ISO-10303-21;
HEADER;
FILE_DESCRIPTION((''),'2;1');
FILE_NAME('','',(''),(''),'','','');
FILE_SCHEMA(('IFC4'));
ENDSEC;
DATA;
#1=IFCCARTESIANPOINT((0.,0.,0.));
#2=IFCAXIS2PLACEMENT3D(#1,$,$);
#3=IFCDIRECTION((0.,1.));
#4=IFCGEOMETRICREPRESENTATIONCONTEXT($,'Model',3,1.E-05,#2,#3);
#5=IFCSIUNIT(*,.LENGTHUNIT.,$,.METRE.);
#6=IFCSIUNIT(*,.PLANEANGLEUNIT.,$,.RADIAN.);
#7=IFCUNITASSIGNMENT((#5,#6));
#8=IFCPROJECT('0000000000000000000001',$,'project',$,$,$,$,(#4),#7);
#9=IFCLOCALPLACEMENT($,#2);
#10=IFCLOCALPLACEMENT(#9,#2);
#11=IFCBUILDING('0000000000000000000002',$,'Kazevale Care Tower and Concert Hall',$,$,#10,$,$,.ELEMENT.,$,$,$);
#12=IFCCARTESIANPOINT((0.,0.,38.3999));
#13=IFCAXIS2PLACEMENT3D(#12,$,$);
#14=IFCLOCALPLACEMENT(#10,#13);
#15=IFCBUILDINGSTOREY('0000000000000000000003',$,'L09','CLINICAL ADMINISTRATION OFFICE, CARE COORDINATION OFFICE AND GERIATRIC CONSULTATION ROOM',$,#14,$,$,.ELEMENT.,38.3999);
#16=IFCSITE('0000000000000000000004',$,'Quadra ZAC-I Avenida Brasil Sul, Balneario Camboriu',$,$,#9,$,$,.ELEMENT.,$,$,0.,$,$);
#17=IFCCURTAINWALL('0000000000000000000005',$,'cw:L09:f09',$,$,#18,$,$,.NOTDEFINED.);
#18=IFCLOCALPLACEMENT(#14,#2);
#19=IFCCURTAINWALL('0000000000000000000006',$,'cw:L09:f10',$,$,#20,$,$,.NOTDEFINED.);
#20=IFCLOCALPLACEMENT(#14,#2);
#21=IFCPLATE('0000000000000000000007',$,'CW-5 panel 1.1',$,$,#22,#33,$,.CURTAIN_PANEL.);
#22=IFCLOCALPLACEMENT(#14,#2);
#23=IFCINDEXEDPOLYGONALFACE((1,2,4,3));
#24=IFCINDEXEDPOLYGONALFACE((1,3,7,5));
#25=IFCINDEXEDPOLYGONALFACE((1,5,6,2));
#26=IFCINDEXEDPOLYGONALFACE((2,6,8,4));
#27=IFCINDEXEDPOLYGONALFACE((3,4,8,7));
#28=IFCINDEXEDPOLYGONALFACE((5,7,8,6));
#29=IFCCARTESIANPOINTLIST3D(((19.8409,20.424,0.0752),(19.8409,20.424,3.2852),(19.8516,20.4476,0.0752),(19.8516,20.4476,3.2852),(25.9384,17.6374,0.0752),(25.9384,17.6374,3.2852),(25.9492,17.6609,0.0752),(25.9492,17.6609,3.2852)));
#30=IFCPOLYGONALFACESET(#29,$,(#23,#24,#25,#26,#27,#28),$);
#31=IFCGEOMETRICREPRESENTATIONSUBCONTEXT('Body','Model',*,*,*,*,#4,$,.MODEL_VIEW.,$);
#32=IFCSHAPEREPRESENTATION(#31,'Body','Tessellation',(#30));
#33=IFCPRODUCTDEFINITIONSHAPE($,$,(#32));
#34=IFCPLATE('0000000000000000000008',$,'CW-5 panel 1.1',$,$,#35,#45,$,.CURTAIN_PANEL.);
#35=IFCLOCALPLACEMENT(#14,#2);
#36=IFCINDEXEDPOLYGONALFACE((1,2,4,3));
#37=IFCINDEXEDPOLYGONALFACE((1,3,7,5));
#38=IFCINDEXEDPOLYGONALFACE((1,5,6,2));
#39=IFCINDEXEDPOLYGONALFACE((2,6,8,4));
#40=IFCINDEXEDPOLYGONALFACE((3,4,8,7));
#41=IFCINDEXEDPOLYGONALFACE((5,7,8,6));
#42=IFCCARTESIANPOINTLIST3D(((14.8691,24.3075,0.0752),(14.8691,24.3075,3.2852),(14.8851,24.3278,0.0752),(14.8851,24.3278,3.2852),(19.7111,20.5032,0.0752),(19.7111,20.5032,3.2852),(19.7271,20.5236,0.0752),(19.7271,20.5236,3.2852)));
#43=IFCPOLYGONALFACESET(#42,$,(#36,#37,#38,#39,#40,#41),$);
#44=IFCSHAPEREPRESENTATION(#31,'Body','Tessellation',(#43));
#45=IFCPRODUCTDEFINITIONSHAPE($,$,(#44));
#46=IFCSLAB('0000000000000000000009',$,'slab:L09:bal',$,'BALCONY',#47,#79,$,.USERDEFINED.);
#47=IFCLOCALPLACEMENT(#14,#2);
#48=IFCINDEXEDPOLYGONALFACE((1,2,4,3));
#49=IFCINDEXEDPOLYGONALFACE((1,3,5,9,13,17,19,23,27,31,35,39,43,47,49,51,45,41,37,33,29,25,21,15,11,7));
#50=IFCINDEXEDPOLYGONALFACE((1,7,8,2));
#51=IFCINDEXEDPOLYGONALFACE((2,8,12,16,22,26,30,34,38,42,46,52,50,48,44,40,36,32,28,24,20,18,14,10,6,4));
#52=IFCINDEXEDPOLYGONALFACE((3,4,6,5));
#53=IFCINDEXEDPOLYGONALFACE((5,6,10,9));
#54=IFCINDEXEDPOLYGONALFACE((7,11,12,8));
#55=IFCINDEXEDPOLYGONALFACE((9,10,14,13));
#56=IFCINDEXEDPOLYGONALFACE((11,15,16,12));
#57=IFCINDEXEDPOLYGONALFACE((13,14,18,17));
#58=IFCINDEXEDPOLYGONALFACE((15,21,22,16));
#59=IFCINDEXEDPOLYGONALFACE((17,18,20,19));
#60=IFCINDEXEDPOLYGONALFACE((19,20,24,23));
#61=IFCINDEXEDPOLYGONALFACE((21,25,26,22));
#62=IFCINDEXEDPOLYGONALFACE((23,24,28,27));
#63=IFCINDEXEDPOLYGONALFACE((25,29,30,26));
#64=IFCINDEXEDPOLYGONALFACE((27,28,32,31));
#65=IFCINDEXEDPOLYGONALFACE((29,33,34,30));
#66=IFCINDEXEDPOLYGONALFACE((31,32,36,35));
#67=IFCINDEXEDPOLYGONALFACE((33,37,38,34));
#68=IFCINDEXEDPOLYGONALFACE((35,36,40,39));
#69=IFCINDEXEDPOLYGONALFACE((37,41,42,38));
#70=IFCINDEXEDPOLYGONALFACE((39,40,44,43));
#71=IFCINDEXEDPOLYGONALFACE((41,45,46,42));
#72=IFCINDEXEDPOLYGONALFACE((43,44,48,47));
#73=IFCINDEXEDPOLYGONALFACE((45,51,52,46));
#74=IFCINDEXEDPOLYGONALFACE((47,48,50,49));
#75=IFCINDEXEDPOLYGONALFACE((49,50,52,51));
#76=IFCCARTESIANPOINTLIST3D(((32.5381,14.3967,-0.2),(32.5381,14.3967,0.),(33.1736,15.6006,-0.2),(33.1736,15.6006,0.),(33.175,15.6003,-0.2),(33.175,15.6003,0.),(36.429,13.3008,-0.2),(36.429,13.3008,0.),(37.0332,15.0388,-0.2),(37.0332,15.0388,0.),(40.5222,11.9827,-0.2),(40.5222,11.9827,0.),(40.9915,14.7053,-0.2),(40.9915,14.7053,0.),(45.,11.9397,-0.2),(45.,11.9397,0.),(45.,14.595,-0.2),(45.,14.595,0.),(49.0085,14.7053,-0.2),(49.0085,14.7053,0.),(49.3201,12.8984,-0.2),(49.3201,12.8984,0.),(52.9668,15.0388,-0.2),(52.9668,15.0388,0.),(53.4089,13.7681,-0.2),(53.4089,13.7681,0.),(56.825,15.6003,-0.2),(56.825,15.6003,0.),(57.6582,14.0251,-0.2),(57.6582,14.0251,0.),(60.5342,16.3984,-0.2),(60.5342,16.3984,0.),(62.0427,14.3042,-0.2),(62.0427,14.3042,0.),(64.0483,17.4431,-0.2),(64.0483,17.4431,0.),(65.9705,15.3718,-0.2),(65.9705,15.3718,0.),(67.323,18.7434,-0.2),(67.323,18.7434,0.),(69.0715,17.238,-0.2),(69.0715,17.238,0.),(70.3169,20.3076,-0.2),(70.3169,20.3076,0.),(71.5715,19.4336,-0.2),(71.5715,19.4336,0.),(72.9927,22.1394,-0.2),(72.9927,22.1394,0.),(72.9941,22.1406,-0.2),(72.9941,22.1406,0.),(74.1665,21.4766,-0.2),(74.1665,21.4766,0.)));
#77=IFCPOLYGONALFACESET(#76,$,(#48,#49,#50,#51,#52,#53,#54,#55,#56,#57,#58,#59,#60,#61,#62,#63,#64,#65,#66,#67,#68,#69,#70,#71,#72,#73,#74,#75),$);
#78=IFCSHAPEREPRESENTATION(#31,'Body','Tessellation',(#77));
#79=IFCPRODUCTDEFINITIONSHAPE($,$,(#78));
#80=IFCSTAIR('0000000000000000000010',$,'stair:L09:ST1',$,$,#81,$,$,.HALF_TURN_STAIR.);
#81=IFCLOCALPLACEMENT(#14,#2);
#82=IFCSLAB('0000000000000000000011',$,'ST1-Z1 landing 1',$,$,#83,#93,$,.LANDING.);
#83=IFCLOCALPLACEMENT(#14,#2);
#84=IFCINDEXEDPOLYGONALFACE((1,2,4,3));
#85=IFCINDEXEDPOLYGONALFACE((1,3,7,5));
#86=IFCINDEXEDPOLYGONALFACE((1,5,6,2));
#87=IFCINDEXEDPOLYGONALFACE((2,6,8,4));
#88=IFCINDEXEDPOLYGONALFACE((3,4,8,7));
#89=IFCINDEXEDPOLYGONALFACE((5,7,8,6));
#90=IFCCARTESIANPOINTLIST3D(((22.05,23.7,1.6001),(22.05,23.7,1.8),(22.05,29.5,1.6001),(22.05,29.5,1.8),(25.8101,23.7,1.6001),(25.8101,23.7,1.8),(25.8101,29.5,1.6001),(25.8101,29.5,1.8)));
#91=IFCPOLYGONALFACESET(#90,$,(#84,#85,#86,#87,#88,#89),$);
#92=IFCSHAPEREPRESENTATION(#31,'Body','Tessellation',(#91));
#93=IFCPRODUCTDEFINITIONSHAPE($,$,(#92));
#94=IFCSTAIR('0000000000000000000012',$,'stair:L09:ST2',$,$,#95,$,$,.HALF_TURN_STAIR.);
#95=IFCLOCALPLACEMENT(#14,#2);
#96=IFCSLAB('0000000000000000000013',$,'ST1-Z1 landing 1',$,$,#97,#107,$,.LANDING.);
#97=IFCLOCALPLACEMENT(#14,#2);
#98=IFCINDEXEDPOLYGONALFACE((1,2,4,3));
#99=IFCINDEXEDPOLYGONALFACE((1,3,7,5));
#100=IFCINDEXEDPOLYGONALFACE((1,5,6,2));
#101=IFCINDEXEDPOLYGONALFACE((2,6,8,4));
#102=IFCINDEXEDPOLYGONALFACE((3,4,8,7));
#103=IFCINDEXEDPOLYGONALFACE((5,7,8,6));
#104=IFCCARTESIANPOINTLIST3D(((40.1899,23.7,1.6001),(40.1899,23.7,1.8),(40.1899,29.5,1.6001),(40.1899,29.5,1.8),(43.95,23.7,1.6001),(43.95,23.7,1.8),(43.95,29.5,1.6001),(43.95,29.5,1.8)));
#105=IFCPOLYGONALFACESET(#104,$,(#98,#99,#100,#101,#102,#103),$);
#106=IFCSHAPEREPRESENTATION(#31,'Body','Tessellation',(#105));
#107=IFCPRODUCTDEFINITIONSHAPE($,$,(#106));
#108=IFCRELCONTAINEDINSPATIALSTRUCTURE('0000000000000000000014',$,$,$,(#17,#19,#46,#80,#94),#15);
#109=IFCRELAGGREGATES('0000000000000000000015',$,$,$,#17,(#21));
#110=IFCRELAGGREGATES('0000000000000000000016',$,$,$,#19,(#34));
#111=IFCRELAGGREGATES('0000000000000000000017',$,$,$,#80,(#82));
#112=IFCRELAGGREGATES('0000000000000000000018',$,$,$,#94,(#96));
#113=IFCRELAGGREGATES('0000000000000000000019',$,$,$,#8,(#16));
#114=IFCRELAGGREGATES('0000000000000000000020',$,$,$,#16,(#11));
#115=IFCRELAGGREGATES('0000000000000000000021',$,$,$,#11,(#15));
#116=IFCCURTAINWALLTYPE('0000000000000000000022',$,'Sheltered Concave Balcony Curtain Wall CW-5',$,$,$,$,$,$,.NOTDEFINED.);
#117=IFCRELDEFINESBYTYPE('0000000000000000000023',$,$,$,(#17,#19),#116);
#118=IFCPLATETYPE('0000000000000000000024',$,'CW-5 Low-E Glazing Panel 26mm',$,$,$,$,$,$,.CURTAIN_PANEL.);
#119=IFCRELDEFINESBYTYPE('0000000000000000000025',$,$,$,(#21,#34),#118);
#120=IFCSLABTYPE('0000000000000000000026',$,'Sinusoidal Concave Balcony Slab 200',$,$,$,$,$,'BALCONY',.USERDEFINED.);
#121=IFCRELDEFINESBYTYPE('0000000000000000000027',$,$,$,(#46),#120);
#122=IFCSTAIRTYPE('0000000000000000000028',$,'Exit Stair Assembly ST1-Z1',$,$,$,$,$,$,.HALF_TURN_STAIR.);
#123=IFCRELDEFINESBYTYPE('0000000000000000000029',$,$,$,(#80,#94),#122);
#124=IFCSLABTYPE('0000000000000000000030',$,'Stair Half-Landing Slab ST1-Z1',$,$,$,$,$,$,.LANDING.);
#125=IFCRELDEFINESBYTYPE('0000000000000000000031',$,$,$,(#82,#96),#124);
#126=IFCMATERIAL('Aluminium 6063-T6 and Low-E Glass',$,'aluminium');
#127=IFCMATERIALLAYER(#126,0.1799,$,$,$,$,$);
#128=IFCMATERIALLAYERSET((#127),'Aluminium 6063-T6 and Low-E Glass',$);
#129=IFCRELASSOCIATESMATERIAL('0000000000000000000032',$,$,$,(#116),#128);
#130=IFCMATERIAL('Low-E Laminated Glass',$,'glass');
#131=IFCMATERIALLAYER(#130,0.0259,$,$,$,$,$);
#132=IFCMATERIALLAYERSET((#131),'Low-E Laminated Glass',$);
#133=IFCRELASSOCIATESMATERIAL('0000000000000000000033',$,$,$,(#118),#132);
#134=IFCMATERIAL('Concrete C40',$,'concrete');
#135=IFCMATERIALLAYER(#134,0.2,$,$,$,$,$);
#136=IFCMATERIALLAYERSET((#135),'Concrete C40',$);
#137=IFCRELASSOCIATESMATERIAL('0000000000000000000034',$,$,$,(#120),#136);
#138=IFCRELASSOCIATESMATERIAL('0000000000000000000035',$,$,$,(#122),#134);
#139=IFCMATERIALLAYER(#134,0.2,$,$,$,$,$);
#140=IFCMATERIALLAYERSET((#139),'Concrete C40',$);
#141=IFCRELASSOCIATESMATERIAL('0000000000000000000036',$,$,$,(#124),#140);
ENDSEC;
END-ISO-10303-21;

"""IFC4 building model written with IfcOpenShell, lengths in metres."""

from ifc_helpers import new_model, si_unit, direction, frame, origin, origin_2d, place, context, subcontext, project, spatial, polyline, rectangle, outline, extrude, material, layer, layer_set, type_object, element, aggregate, save


model = new_model("IFC4")

# Units and contexts
model_context = context("Model", 3, precision=1e-05, world=origin(), true_north=direction((0.0, 1.0)))
body_context = subcontext(model_context, "Body", "Model", "MODEL_VIEW")
ifc_project = project(units=[si_unit("LENGTHUNIT", "METRE"), si_unit("PLANEANGLEUNIT", "RADIAN")], contexts=[model_context])

# Site, building, storey
site_placement = place(None, origin())
site = spatial("IfcSite", under=ifc_project, at=site_placement, Name="Quadra ZAC-I Avenida Brasil Sul, Balneario Camboriu", CompositionType="ELEMENT", RefElevation=0.0)
building_placement = place(site_placement, origin())
building = spatial("IfcBuilding", under=site, at=building_placement, Name="Kazevale Care Tower and Concert Hall", CompositionType="ELEMENT")
storey_placement = place(building_placement, frame((0.0, 0.0, 38.3999)))
storey = spatial("IfcBuildingStorey", under=building, at=storey_placement, Name="L09", Description="CLINICAL ADMINISTRATION OFFICE, CARE COORDINATION OFFICE AND GERIATRIC CONSULTATION ROOM", CompositionType="ELEMENT", Elevation=38.3999)

# Shared definitions
ifc_material_1 = material(Name="Aluminium 6063-T6 and Low-E Glass", Category="aluminium")

# Curtain wall
ifc_layer_1 = layer(ifc_material_1, 0.1799)
ifc_layer_set_1 = layer_set([ifc_layer_1], Name="Aluminium 6063-T6 and Low-E Glass")
curtain_wall_type_1 = type_object("IfcCurtainWallType", Name="Sheltered Concave Balcony Curtain Wall CW-5", PredefinedType="NOTDEFINED", material=ifc_layer_set_1)
curtain_wall_1_placement = place(storey_placement, origin())
curtain_wall_1 = element("IfcCurtainWall", 1, at=curtain_wall_1_placement, inside=storey, type_object=curtain_wall_type_1, Name="cw:L09:f09", PredefinedType="NOTDEFINED")

# Curtain wall
curtain_wall_2_placement = place(storey_placement, origin())
curtain_wall_2 = element("IfcCurtainWall", 2, at=curtain_wall_2_placement, inside=storey, type_object=curtain_wall_type_1, Name="cw:L09:f10", PredefinedType="NOTDEFINED")

# Plates
ifc_material_2 = material(Name="Low-E Laminated Glass", Category="glass")
ifc_layer_2 = layer(ifc_material_2, 0.0259)
ifc_layer_set_2 = layer_set([ifc_layer_2], Name="Low-E Laminated Glass")
plate_type_1 = type_object("IfcPlateType", Name="CW-5 Low-E Glazing Panel 26mm", PredefinedType="CURTAIN_PANEL", material=ifc_layer_set_2)
plate_1_placement = place(storey_placement, frame((22.895, 19.0425, 0.0752), z_axis=(0.0, 0.0, 1.0), x_axis=(-0.90952, 0.41566, 0.0)))
plate_1 = element("IfcPlate", 3, at=plate_1_placement, type_object=plate_type_1, Name="CW-5 panel 1.1", PredefinedType="CURTAIN_PANEL", context=body_context, shape_type="SweptSolid", body=[
    extrude(rectangle(XDim=6.7041, YDim=0.0259, at=origin_2d()), origin(), (0.0, 0.0, 1.0), 3.21),
])
aggregate(curtain_wall_1, [plate_1])
plate_2_placement = place(storey_placement, frame((17.2981, 22.4155, 0.0752), z_axis=(0.0, 0.0, 1.0), x_axis=(-0.786329, 0.617808, 0.0)))
plate_2 = element("IfcPlate", 4, at=plate_2_placement, type_object=plate_type_1, Name="CW-5 panel 1.1", PredefinedType="CURTAIN_PANEL", context=body_context, shape_type="SweptSolid", body=[
    extrude(rectangle(XDim=6.1577, YDim=0.0259, at=origin_2d()), origin(), (0.0, 0.0, 1.0), 3.21),
])
aggregate(curtain_wall_2, [plate_2])

# Slab
ifc_material_3 = material(Name="Concrete C40", Category="concrete")
ifc_layer_3 = layer(ifc_material_3, 0.2)
ifc_layer_set_3 = layer_set([ifc_layer_3], Name="Concrete C40")
slab_type_1 = type_object("IfcSlabType", Name="Sinusoidal Concave Balcony Slab 200", ElementType="BALCONY", PredefinedType="USERDEFINED", material=ifc_layer_set_3)
slab_1_placement = place(storey_placement, frame((0.0, 0.0, -0.2)))
element("IfcSlab", 5, at=slab_1_placement, inside=storey, type_object=slab_type_1, Name="slab:L09:bal", ObjectType="BALCONY", PredefinedType="USERDEFINED", context=body_context, shape_type="SweptSolid", body=[
    extrude(outline(polyline([(74.1665, 21.4766), (71.5715, 19.4336), (69.0715, 17.238), (65.9705, 15.3718), (62.0427, 14.3042), (57.6582, 14.0251), (53.4089, 13.7681), (49.3201, 12.8984), (45.0, 11.9397), (40.5222, 11.9827), (36.429, 13.3008), (32.5381, 14.3967), (33.1736, 15.6006), (33.175, 15.6003), (37.0332, 15.0388), (40.9915, 14.7053), (45.0, 14.595), (49.0085, 14.7053), (52.9668, 15.0388), (56.825, 15.6003), (60.5342, 16.3984), (64.0483, 17.4431), (67.323, 18.7434), (70.3169, 20.3076), (72.9927, 22.1394), (72.9941, 22.1406), (74.1665, 21.4766)])), origin(), (0.0, 0.0, 1.0), 0.2),
])

# Stairs, slabs
stair_type = type_object("IfcStairType", Name="Exit Stair Assembly ST1-Z1", PredefinedType="HALF_TURN_STAIR", material=ifc_material_3)
stair_1_placement = place(storey_placement, origin())
stair_1 = element("IfcStair", 6, at=stair_1_placement, inside=storey, type_object=stair_type, Name="stair:L09:ST1", PredefinedType="HALF_TURN_STAIR")
ifc_layer_4 = layer(ifc_material_3, 0.2)
ifc_layer_set_4 = layer_set([ifc_layer_4], Name="Concrete C40")
slab_type_2 = type_object("IfcSlabType", Name="Stair Half-Landing Slab ST1-Z1", PredefinedType="LANDING", material=ifc_layer_set_4)
slab_2_placement = place(storey_placement, frame((0.0, 0.0, 1.6001)))
slab_2 = element("IfcSlab", 7, at=slab_2_placement, type_object=slab_type_2, Name="ST1-Z1 landing 1", PredefinedType="LANDING", context=body_context, shape_type="SweptSolid", body=[
    extrude(outline(polyline([(22.05, 23.7), (25.8101, 23.7), (25.8101, 29.5), (22.05, 29.5), (22.05, 23.7)])), origin(), (0.0, 0.0, 1.0), 0.2),
])
aggregate(stair_1, [slab_2])
stair_2_placement = place(storey_placement, origin())
stair_2 = element("IfcStair", 8, at=stair_2_placement, inside=storey, type_object=stair_type, Name="stair:L09:ST2", PredefinedType="HALF_TURN_STAIR")
slab_3_placement = place(storey_placement, frame((0.0, 0.0, 1.6001)))
slab_3 = element("IfcSlab", 9, at=slab_3_placement, type_object=slab_type_2, Name="ST1-Z1 landing 1", PredefinedType="LANDING", context=body_context, shape_type="SweptSolid", body=[
    extrude(outline(polyline([(40.1899, 23.7), (43.95, 23.7), (43.95, 29.5), (40.1899, 29.5), (40.1899, 23.7)])), origin(), (0.0, 0.0, 1.0), 0.2),
])
aggregate(stair_2, [slab_3])

save(model, "model.ifc")
